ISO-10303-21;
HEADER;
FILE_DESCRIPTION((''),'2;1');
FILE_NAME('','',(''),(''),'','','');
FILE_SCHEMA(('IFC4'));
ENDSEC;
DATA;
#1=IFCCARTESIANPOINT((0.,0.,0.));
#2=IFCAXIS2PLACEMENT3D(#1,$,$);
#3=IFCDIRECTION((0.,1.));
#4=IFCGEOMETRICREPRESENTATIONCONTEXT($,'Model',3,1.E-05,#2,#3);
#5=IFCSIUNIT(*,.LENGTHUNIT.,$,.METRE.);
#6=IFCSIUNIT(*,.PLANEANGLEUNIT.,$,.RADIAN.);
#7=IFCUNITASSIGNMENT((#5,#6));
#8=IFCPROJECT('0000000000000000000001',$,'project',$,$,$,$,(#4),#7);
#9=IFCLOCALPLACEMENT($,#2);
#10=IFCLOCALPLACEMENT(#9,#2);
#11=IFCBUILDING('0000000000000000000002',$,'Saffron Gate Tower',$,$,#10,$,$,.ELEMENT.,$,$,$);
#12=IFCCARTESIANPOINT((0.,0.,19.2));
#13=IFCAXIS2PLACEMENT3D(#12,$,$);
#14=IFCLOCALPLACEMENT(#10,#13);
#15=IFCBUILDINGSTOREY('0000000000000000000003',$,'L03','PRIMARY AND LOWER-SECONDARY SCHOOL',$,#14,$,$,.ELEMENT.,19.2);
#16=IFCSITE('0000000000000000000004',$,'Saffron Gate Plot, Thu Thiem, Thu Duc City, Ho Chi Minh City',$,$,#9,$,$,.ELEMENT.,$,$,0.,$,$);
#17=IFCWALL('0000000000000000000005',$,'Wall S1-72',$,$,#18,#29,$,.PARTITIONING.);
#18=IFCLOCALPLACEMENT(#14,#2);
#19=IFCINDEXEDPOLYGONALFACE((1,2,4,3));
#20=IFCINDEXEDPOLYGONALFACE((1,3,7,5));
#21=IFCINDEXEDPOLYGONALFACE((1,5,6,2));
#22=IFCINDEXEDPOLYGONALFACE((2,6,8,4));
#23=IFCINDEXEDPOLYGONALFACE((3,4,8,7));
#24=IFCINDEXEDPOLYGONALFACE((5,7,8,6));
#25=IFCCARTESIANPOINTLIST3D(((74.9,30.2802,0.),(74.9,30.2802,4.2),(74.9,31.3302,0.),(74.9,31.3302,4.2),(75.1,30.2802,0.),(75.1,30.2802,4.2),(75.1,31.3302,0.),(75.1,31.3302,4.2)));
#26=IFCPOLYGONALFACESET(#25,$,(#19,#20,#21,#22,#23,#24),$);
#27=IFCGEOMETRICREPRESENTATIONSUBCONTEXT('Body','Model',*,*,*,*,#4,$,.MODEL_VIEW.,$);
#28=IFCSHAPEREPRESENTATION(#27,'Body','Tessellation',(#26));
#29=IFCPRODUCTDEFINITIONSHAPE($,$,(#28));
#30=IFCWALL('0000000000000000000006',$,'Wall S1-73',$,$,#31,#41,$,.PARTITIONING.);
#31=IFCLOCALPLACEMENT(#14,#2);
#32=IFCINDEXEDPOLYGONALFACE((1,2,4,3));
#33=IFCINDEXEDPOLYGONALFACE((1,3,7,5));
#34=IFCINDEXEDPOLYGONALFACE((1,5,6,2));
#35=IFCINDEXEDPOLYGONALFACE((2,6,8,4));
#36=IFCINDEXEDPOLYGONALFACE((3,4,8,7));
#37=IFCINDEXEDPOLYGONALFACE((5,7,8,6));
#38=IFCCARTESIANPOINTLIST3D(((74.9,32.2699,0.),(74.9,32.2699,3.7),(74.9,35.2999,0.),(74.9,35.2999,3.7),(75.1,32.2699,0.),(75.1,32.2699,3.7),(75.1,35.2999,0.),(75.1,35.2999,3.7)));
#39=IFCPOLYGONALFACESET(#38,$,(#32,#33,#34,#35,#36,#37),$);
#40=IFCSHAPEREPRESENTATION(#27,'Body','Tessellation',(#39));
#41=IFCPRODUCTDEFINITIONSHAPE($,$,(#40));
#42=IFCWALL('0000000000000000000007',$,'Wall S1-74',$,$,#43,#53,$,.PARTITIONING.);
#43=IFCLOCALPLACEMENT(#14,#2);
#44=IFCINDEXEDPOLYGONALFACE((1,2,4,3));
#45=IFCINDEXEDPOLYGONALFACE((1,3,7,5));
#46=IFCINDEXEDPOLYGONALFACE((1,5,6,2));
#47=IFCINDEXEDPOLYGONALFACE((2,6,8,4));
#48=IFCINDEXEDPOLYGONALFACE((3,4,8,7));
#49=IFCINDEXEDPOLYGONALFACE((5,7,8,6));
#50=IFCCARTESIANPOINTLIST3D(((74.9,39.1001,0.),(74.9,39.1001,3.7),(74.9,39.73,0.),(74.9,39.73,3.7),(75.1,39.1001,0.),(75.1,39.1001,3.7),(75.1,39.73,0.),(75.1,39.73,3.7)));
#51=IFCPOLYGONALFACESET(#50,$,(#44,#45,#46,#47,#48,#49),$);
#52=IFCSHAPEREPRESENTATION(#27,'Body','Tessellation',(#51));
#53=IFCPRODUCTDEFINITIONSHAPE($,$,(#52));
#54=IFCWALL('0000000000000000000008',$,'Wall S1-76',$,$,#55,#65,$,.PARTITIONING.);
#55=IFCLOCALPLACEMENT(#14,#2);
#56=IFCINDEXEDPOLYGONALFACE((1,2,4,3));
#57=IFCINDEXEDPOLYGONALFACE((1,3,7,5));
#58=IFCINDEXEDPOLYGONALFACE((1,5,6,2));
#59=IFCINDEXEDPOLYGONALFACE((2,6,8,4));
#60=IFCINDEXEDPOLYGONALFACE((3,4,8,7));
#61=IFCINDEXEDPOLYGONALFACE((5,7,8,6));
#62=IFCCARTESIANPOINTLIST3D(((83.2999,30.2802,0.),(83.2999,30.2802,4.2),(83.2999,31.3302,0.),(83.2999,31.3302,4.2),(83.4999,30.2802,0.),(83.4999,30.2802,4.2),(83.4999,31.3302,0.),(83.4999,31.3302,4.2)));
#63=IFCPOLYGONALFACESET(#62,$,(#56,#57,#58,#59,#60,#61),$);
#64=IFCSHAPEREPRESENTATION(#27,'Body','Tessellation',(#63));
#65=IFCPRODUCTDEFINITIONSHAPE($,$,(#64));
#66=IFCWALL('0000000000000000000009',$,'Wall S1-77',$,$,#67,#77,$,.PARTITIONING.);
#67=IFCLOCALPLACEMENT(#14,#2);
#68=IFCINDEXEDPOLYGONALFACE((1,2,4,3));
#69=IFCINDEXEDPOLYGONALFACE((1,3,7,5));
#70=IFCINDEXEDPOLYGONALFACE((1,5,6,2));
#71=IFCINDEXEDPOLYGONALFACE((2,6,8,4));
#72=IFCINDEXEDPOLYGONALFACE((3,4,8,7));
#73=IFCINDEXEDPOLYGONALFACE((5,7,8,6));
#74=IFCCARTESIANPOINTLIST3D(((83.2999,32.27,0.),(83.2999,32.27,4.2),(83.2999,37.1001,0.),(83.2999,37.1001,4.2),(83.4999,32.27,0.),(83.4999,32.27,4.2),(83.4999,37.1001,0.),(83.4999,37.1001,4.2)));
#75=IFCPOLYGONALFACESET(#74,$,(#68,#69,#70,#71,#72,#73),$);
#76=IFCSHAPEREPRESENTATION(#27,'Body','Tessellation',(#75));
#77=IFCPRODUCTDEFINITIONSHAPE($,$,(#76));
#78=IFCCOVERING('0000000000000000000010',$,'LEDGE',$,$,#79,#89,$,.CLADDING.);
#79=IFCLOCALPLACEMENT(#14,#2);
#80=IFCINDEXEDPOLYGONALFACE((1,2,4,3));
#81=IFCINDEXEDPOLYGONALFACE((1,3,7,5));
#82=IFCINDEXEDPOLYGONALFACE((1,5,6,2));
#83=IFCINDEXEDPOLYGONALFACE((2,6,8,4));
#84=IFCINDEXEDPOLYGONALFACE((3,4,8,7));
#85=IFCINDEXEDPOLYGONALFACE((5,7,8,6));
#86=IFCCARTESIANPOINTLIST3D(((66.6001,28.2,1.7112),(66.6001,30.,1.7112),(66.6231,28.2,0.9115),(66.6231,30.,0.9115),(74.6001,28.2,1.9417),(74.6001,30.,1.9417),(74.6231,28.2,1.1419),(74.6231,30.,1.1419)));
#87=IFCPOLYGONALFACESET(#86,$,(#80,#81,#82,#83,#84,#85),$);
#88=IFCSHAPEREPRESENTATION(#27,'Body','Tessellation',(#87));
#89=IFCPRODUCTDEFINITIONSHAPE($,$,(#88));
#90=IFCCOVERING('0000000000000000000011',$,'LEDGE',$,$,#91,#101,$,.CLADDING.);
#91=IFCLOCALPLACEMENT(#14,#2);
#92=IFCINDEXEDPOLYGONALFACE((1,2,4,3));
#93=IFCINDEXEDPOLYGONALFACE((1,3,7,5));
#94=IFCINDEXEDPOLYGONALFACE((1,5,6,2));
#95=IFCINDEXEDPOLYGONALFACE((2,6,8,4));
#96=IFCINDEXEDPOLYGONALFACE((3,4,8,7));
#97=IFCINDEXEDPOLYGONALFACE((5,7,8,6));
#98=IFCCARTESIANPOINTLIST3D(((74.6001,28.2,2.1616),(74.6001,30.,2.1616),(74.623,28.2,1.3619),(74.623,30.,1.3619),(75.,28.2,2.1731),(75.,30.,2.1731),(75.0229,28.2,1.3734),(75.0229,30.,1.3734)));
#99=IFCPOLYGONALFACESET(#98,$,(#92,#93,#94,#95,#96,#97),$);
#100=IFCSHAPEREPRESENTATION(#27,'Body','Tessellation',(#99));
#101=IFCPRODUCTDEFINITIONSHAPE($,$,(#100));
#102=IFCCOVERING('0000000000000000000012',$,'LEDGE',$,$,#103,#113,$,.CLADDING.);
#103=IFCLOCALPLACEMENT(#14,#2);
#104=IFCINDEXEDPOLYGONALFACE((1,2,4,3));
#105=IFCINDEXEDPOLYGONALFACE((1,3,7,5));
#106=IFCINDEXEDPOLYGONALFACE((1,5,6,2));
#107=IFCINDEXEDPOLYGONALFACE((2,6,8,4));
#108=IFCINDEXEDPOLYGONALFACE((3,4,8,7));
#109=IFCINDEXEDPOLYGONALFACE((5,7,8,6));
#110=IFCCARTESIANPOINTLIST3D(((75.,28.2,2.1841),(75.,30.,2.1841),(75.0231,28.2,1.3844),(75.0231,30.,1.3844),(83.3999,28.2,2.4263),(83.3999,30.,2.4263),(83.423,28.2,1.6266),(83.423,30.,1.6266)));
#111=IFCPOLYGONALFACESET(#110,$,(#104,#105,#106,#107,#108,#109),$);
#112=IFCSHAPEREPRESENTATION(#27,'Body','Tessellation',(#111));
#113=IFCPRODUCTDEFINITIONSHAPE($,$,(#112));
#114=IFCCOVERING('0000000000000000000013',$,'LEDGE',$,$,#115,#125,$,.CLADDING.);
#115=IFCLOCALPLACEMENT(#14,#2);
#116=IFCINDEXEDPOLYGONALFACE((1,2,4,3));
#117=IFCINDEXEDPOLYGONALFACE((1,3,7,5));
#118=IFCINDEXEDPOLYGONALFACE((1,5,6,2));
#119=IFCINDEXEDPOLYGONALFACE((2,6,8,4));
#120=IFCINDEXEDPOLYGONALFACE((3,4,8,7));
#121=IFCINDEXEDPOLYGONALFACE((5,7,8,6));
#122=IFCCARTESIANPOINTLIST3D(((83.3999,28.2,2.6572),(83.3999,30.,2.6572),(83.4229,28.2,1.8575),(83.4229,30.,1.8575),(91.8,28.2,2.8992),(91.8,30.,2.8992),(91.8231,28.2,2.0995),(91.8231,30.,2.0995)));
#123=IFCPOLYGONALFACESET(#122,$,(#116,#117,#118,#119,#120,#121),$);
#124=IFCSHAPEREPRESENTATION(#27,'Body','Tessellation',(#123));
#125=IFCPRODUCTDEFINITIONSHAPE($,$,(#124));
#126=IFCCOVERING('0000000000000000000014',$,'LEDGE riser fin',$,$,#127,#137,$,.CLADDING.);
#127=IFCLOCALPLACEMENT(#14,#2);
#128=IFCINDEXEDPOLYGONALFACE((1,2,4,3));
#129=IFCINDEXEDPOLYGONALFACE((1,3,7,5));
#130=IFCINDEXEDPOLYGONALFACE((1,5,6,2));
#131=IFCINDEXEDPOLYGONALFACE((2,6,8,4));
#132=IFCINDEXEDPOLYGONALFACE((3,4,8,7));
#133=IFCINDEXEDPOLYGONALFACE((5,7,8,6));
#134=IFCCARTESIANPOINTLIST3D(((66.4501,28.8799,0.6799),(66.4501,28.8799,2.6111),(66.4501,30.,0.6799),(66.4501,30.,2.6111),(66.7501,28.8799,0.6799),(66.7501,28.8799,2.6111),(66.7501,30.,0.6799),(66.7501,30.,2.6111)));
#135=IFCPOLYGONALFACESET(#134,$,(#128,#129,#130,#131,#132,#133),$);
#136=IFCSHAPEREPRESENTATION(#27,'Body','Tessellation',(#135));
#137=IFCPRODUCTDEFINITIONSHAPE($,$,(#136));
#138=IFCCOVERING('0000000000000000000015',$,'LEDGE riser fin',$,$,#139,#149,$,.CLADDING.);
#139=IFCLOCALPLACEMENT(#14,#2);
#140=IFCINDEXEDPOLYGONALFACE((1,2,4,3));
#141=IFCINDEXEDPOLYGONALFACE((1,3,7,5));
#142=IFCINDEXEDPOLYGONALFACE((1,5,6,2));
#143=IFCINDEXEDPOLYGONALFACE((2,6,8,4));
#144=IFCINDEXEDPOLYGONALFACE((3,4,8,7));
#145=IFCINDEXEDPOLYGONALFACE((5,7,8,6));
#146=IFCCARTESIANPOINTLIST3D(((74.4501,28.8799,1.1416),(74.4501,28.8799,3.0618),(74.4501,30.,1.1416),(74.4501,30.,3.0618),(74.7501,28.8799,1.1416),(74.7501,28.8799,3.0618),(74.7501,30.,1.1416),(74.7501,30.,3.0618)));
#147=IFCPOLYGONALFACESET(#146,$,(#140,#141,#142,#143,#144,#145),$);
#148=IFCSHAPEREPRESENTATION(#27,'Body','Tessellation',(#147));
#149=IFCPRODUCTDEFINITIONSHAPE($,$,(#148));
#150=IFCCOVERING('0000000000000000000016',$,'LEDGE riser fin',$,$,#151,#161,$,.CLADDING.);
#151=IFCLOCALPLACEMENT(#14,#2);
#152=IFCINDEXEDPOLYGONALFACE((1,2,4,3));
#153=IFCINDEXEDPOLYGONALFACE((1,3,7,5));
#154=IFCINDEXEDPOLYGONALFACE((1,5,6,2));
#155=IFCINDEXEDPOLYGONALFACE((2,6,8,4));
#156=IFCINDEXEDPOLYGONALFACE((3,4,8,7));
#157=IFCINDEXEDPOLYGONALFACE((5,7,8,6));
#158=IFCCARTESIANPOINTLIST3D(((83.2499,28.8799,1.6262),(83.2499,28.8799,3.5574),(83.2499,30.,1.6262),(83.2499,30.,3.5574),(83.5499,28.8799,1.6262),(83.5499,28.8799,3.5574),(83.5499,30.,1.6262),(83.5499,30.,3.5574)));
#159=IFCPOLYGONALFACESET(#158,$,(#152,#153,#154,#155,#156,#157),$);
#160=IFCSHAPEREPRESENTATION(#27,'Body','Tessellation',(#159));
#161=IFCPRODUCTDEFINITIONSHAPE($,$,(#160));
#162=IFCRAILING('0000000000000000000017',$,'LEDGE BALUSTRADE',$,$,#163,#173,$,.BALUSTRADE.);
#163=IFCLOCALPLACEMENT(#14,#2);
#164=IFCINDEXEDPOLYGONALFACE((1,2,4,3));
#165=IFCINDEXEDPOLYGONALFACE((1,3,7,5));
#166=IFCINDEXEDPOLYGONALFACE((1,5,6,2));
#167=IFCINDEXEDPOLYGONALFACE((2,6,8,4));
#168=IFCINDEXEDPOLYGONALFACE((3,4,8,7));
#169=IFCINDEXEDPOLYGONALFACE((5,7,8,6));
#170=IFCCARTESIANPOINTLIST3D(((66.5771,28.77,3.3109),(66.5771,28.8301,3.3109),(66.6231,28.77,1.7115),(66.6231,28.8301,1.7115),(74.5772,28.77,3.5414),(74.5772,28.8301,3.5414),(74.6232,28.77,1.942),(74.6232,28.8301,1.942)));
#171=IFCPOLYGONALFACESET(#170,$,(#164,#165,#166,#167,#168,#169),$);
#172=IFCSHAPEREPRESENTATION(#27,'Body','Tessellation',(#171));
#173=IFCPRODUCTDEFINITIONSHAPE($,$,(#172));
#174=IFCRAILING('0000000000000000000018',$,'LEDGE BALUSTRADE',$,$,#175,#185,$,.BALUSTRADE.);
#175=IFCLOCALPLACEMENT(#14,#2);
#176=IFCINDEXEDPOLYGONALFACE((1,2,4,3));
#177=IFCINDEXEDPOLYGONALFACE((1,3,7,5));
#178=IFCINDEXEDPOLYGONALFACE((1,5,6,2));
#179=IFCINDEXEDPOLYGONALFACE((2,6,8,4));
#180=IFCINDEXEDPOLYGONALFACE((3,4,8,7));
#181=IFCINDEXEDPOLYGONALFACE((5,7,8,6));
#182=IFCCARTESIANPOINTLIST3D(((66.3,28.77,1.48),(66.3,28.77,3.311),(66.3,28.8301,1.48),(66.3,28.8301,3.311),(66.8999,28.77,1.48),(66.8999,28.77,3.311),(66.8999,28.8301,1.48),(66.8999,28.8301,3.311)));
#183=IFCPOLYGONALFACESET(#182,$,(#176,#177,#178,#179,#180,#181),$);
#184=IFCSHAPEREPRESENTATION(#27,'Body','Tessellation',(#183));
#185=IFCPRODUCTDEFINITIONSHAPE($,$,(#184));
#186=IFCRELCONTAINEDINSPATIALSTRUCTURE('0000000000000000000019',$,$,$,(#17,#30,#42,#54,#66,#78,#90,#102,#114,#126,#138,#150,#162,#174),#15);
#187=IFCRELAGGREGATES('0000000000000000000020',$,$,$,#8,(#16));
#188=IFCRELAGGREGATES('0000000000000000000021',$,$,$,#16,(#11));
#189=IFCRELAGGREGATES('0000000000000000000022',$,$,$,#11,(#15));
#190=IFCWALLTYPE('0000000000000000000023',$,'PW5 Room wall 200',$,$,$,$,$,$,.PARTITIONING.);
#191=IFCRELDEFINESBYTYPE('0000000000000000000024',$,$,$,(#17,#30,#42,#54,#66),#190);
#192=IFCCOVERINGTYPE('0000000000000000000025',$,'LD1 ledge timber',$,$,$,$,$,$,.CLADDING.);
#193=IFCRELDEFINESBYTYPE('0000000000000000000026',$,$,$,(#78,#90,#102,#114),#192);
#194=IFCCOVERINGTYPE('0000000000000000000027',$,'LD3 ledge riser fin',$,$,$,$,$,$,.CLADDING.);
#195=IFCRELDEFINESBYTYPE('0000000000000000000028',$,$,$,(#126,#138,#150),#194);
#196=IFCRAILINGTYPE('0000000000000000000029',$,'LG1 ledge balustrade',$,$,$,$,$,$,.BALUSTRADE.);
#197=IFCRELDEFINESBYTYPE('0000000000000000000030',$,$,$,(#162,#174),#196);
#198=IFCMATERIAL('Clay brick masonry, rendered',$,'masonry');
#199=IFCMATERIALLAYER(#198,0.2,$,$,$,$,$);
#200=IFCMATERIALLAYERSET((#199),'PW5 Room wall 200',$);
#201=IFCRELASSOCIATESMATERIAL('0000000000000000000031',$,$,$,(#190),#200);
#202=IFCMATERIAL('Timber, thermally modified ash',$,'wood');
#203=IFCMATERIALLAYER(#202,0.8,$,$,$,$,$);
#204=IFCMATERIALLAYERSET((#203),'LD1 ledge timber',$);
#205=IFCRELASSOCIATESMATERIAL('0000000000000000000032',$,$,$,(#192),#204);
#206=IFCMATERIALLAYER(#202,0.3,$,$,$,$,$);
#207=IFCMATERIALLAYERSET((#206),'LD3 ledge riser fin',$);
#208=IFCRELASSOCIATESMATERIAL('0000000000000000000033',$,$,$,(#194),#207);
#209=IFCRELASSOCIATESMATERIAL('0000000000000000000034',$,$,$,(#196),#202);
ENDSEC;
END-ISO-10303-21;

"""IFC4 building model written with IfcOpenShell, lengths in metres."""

from ifc_helpers import new_model, si_unit, direction, frame, frame_2d, origin, origin_2d, place, context, subcontext, project, spatial, polyline, rectangle, outline, extrude, material, layer, layer_set, type_object, element, save


model = new_model("IFC4")

# Units and contexts
model_context = context("Model", 3, precision=1e-05, world=origin(), true_north=direction((0.0, 1.0)))
body_context = subcontext(model_context, "Body", "Model", "MODEL_VIEW")
ifc_project = project(units=[si_unit("LENGTHUNIT", "METRE"), si_unit("PLANEANGLEUNIT", "RADIAN")], contexts=[model_context])

# Site, building, storey
site_placement = place(None, origin())
site = spatial("IfcSite", under=ifc_project, at=site_placement, Name="Saffron Gate Plot, Thu Thiem, Thu Duc City, Ho Chi Minh City", CompositionType="ELEMENT", RefElevation=0.0)
building_placement = place(site_placement, origin())
building = spatial("IfcBuilding", under=site, at=building_placement, Name="Saffron Gate Tower", CompositionType="ELEMENT")
storey_placement = place(building_placement, frame((0.0, 0.0, 19.2)))
storey = spatial("IfcBuildingStorey", under=building, at=storey_placement, Name="L03", Description="PRIMARY AND LOWER-SECONDARY SCHOOL", CompositionType="ELEMENT", Elevation=19.2)

# Shared definitions
ifc_material_1 = material(Name="Clay brick masonry, rendered", Category="masonry")

# Walls
ifc_layer_1 = layer(ifc_material_1, 0.2)
ifc_layer_set_1 = layer_set([ifc_layer_1], Name="PW5 Room wall 200")
wall_type_1 = type_object("IfcWallType", Name="PW5 Room wall 200", PredefinedType="PARTITIONING", material=ifc_layer_set_1)
wall_1_placement = place(storey_placement, frame((75.0, 31.3301, 0.0), z_axis=(0.0, 0.0, 1.0), x_axis=(0.0, -1.0, 0.0)))
element("IfcWall", 1, at=wall_1_placement, inside=storey, type_object=wall_type_1, Name="Wall S1-72", PredefinedType="PARTITIONING", context=body_context, shape_type="SweptSolid", body=[
    extrude(rectangle(XDim=1.05, YDim=0.2, at=frame_2d((0.5249, 0.0))), origin(), (0.0, 0.0, 1.0), 4.2),
])
wall_2_placement = place(storey_placement, frame((75.0, 35.3, 0.0), z_axis=(0.0, 0.0, 1.0), x_axis=(0.0, -1.0, 0.0)))
element("IfcWall", 2, at=wall_2_placement, inside=storey, type_object=wall_type_1, Name="Wall S1-73", PredefinedType="PARTITIONING", context=body_context, shape_type="SweptSolid", body=[
    extrude(rectangle(XDim=3.03, YDim=0.2, at=frame_2d((1.5151, 0.0))), origin(), (0.0, 0.0, 1.0), 3.7),
])
wall_3_placement = place(storey_placement, frame((75.0, 39.73, 0.0), z_axis=(0.0, 0.0, 1.0), x_axis=(0.0, -1.0, 0.0)))
element("IfcWall", 3, at=wall_3_placement, inside=storey, type_object=wall_type_1, Name="Wall S1-74", PredefinedType="PARTITIONING", context=body_context, shape_type="SweptSolid", body=[
    extrude(rectangle(XDim=0.6299, YDim=0.2, at=frame_2d((0.3149, 0.0))), origin(), (0.0, 0.0, 1.0), 3.7),
])
wall_4_placement = place(storey_placement, frame((83.3999, 31.3301, 0.0), z_axis=(0.0, 0.0, 1.0), x_axis=(0.0, -1.0, 0.0)))
element("IfcWall", 4, at=wall_4_placement, inside=storey, type_object=wall_type_1, Name="Wall S1-76", PredefinedType="PARTITIONING", context=body_context, shape_type="SweptSolid", body=[
    extrude(rectangle(XDim=1.05, YDim=0.2, at=frame_2d((0.5249, 0.0))), origin(), (0.0, 0.0, 1.0), 4.2),
])
wall_5_placement = place(storey_placement, frame((83.3999, 37.1001, 0.0), z_axis=(0.0, 0.0, 1.0), x_axis=(0.0, -1.0, 0.0)))
element("IfcWall", 5, at=wall_5_placement, inside=storey, type_object=wall_type_1, Name="Wall S1-77", PredefinedType="PARTITIONING", context=body_context, shape_type="SweptSolid", body=[
    extrude(rectangle(XDim=4.8301, YDim=0.2, at=frame_2d((2.415, 0.0))), origin(), (0.0, 0.0, 1.0), 4.2),
])

# Coverings
ifc_material_2 = material(Name="Timber, thermally modified ash", Category="wood")
ifc_layer_2 = layer(ifc_material_2, 0.8)
ifc_layer_set_2 = layer_set([ifc_layer_2], Name="LD1 ledge timber")
covering_type_1 = type_object("IfcCoveringType", Name="LD1 ledge timber", PredefinedType="CLADDING", material=ifc_layer_set_2)
covering_1_placement = place(storey_placement, frame((66.6001, 30.0, 1.7112), z_axis=(-0.028797, 0.0, 0.999585), x_axis=(0.999585, 0.0, 0.028797)))
element("IfcCovering", 6, at=covering_1_placement, inside=storey, type_object=covering_type_1, Name="LEDGE", PredefinedType="CLADDING", context=body_context, shape_type="SweptSolid", body=[
    extrude(outline(polyline([(0.0, 0.0), (8.0033, 0.0), (8.0033, -1.8), (0.0, -1.8), (0.0, 0.0)])), origin(), (0.0, 0.0, -1.0), 0.8),
])
covering_2_placement = place(storey_placement, frame((74.6001, 30.0, 2.1616), z_axis=(-0.028682, 0.0, 0.999589), x_axis=(0.999589, 0.0, 0.028682)))
element("IfcCovering", 7, at=covering_2_placement, inside=storey, type_object=covering_type_1, Name="LEDGE", PredefinedType="CLADDING", context=body_context, shape_type="SweptSolid", body=[
    extrude(outline(polyline([(0.0, 0.0), (0.4001, 0.0), (0.4001, -1.8), (0.0, -1.8), (0.0, 0.0)])), origin(), (0.0, 0.0, -1.0), 0.8),
])
covering_3_placement = place(storey_placement, frame((75.0, 30.0, 2.1841), z_axis=(-0.02882, 0.0, 0.999585), x_axis=(0.999585, 0.0, 0.02882)))
element("IfcCovering", 8, at=covering_3_placement, inside=storey, type_object=covering_type_1, Name="LEDGE", PredefinedType="CLADDING", context=body_context, shape_type="SweptSolid", body=[
    extrude(outline(polyline([(0.0, 0.0), (8.4034, 0.0), (8.4034, -1.8), (0.0, -1.8), (0.0, 0.0)])), origin(), (0.0, 0.0, -1.0), 0.8),
])
covering_4_placement = place(storey_placement, frame((83.3999, 30.0, 2.6572), z_axis=(-0.02879, 0.0, 0.999585), x_axis=(0.999585, 0.0, 0.02879)))
element("IfcCovering", 9, at=covering_4_placement, inside=storey, type_object=covering_type_1, Name="LEDGE", PredefinedType="CLADDING", context=body_context, shape_type="SweptSolid", body=[
    extrude(outline(polyline([(0.0, 0.0), (8.4036, 0.0), (8.4036, -1.8), (0.0, -1.8), (0.0, 0.0)])), origin(), (0.0, 0.0, -1.0), 0.8),
])
ifc_layer_3 = layer(ifc_material_2, 0.3)
ifc_layer_set_3 = layer_set([ifc_layer_3], Name="LD3 ledge riser fin")
covering_type_2 = type_object("IfcCoveringType", Name="LD3 ledge riser fin", PredefinedType="CLADDING", material=ifc_layer_set_3)
covering_5_placement = place(storey_placement, frame((66.6001, 29.4399, 0.6799), z_axis=(0.0, 0.0, 1.0), x_axis=(1.0, 0.0, 0.0)))
element("IfcCovering", 10, at=covering_5_placement, inside=storey, type_object=covering_type_2, Name="LEDGE riser fin", PredefinedType="CLADDING", context=body_context, shape_type="SweptSolid", body=[
    extrude(rectangle(XDim=0.3, YDim=1.1201, at=origin_2d()), origin(), (0.0, 0.0, 1.0), 1.9312),
])
covering_6_placement = place(storey_placement, frame((74.6001, 29.4399, 1.1416), z_axis=(0.0, 0.0, 1.0), x_axis=(1.0, 0.0, 0.0)))
element("IfcCovering", 11, at=covering_6_placement, inside=storey, type_object=covering_type_2, Name="LEDGE riser fin", PredefinedType="CLADDING", context=body_context, shape_type="SweptSolid", body=[
    extrude(rectangle(XDim=0.3, YDim=1.1201, at=origin_2d()), origin(), (0.0, 0.0, 1.0), 1.9202),
])
covering_7_placement = place(storey_placement, frame((83.3999, 29.4399, 1.6262), z_axis=(0.0, 0.0, 1.0), x_axis=(1.0, 0.0, 0.0)))
element("IfcCovering", 12, at=covering_7_placement, inside=storey, type_object=covering_type_2, Name="LEDGE riser fin", PredefinedType="CLADDING", context=body_context, shape_type="SweptSolid", body=[
    extrude(rectangle(XDim=0.3, YDim=1.1201, at=origin_2d()), origin(), (0.0, 0.0, 1.0), 1.9312),
])

# Railings
railing_type = type_object("IfcRailingType", Name="LG1 ledge balustrade", PredefinedType="BALUSTRADE", material=ifc_material_2)
railing_1_placement = place(storey_placement, frame((66.6001, 28.8, 1.7112)))
element("IfcRailing", 13, at=railing_1_placement, inside=storey, type_object=railing_type, Name="LEDGE BALUSTRADE", PredefinedType="BALUSTRADE", context=body_context, shape_type="SweptSolid", body=[
    extrude(rectangle(XDim=0.0601, YDim=1.6001, at=origin_2d()), frame((0.0, 0.0, 0.8), z_axis=(0.999585, 0.0, 0.028797), x_axis=(0.0, 1.0, 0.0)), (0.0, 0.0, 1.0), 8.0034),
])
railing_2_placement = place(storey_placement, frame((66.3, 28.8, 1.48)))
element("IfcRailing", 14, at=railing_2_placement, inside=storey, type_object=railing_type, Name="LEDGE BALUSTRADE", PredefinedType="BALUSTRADE", context=body_context, shape_type="SweptSolid", body=[
    extrude(rectangle(XDim=0.0601, YDim=1.8311, at=origin_2d()), frame((0.0, 0.0, 0.9155), z_axis=(1.0, 0.0, 0.0), x_axis=(0.0, 1.0, 0.0)), (0.0, 0.0, 1.0), 0.5999),
])

save(model, "model.ifc")
